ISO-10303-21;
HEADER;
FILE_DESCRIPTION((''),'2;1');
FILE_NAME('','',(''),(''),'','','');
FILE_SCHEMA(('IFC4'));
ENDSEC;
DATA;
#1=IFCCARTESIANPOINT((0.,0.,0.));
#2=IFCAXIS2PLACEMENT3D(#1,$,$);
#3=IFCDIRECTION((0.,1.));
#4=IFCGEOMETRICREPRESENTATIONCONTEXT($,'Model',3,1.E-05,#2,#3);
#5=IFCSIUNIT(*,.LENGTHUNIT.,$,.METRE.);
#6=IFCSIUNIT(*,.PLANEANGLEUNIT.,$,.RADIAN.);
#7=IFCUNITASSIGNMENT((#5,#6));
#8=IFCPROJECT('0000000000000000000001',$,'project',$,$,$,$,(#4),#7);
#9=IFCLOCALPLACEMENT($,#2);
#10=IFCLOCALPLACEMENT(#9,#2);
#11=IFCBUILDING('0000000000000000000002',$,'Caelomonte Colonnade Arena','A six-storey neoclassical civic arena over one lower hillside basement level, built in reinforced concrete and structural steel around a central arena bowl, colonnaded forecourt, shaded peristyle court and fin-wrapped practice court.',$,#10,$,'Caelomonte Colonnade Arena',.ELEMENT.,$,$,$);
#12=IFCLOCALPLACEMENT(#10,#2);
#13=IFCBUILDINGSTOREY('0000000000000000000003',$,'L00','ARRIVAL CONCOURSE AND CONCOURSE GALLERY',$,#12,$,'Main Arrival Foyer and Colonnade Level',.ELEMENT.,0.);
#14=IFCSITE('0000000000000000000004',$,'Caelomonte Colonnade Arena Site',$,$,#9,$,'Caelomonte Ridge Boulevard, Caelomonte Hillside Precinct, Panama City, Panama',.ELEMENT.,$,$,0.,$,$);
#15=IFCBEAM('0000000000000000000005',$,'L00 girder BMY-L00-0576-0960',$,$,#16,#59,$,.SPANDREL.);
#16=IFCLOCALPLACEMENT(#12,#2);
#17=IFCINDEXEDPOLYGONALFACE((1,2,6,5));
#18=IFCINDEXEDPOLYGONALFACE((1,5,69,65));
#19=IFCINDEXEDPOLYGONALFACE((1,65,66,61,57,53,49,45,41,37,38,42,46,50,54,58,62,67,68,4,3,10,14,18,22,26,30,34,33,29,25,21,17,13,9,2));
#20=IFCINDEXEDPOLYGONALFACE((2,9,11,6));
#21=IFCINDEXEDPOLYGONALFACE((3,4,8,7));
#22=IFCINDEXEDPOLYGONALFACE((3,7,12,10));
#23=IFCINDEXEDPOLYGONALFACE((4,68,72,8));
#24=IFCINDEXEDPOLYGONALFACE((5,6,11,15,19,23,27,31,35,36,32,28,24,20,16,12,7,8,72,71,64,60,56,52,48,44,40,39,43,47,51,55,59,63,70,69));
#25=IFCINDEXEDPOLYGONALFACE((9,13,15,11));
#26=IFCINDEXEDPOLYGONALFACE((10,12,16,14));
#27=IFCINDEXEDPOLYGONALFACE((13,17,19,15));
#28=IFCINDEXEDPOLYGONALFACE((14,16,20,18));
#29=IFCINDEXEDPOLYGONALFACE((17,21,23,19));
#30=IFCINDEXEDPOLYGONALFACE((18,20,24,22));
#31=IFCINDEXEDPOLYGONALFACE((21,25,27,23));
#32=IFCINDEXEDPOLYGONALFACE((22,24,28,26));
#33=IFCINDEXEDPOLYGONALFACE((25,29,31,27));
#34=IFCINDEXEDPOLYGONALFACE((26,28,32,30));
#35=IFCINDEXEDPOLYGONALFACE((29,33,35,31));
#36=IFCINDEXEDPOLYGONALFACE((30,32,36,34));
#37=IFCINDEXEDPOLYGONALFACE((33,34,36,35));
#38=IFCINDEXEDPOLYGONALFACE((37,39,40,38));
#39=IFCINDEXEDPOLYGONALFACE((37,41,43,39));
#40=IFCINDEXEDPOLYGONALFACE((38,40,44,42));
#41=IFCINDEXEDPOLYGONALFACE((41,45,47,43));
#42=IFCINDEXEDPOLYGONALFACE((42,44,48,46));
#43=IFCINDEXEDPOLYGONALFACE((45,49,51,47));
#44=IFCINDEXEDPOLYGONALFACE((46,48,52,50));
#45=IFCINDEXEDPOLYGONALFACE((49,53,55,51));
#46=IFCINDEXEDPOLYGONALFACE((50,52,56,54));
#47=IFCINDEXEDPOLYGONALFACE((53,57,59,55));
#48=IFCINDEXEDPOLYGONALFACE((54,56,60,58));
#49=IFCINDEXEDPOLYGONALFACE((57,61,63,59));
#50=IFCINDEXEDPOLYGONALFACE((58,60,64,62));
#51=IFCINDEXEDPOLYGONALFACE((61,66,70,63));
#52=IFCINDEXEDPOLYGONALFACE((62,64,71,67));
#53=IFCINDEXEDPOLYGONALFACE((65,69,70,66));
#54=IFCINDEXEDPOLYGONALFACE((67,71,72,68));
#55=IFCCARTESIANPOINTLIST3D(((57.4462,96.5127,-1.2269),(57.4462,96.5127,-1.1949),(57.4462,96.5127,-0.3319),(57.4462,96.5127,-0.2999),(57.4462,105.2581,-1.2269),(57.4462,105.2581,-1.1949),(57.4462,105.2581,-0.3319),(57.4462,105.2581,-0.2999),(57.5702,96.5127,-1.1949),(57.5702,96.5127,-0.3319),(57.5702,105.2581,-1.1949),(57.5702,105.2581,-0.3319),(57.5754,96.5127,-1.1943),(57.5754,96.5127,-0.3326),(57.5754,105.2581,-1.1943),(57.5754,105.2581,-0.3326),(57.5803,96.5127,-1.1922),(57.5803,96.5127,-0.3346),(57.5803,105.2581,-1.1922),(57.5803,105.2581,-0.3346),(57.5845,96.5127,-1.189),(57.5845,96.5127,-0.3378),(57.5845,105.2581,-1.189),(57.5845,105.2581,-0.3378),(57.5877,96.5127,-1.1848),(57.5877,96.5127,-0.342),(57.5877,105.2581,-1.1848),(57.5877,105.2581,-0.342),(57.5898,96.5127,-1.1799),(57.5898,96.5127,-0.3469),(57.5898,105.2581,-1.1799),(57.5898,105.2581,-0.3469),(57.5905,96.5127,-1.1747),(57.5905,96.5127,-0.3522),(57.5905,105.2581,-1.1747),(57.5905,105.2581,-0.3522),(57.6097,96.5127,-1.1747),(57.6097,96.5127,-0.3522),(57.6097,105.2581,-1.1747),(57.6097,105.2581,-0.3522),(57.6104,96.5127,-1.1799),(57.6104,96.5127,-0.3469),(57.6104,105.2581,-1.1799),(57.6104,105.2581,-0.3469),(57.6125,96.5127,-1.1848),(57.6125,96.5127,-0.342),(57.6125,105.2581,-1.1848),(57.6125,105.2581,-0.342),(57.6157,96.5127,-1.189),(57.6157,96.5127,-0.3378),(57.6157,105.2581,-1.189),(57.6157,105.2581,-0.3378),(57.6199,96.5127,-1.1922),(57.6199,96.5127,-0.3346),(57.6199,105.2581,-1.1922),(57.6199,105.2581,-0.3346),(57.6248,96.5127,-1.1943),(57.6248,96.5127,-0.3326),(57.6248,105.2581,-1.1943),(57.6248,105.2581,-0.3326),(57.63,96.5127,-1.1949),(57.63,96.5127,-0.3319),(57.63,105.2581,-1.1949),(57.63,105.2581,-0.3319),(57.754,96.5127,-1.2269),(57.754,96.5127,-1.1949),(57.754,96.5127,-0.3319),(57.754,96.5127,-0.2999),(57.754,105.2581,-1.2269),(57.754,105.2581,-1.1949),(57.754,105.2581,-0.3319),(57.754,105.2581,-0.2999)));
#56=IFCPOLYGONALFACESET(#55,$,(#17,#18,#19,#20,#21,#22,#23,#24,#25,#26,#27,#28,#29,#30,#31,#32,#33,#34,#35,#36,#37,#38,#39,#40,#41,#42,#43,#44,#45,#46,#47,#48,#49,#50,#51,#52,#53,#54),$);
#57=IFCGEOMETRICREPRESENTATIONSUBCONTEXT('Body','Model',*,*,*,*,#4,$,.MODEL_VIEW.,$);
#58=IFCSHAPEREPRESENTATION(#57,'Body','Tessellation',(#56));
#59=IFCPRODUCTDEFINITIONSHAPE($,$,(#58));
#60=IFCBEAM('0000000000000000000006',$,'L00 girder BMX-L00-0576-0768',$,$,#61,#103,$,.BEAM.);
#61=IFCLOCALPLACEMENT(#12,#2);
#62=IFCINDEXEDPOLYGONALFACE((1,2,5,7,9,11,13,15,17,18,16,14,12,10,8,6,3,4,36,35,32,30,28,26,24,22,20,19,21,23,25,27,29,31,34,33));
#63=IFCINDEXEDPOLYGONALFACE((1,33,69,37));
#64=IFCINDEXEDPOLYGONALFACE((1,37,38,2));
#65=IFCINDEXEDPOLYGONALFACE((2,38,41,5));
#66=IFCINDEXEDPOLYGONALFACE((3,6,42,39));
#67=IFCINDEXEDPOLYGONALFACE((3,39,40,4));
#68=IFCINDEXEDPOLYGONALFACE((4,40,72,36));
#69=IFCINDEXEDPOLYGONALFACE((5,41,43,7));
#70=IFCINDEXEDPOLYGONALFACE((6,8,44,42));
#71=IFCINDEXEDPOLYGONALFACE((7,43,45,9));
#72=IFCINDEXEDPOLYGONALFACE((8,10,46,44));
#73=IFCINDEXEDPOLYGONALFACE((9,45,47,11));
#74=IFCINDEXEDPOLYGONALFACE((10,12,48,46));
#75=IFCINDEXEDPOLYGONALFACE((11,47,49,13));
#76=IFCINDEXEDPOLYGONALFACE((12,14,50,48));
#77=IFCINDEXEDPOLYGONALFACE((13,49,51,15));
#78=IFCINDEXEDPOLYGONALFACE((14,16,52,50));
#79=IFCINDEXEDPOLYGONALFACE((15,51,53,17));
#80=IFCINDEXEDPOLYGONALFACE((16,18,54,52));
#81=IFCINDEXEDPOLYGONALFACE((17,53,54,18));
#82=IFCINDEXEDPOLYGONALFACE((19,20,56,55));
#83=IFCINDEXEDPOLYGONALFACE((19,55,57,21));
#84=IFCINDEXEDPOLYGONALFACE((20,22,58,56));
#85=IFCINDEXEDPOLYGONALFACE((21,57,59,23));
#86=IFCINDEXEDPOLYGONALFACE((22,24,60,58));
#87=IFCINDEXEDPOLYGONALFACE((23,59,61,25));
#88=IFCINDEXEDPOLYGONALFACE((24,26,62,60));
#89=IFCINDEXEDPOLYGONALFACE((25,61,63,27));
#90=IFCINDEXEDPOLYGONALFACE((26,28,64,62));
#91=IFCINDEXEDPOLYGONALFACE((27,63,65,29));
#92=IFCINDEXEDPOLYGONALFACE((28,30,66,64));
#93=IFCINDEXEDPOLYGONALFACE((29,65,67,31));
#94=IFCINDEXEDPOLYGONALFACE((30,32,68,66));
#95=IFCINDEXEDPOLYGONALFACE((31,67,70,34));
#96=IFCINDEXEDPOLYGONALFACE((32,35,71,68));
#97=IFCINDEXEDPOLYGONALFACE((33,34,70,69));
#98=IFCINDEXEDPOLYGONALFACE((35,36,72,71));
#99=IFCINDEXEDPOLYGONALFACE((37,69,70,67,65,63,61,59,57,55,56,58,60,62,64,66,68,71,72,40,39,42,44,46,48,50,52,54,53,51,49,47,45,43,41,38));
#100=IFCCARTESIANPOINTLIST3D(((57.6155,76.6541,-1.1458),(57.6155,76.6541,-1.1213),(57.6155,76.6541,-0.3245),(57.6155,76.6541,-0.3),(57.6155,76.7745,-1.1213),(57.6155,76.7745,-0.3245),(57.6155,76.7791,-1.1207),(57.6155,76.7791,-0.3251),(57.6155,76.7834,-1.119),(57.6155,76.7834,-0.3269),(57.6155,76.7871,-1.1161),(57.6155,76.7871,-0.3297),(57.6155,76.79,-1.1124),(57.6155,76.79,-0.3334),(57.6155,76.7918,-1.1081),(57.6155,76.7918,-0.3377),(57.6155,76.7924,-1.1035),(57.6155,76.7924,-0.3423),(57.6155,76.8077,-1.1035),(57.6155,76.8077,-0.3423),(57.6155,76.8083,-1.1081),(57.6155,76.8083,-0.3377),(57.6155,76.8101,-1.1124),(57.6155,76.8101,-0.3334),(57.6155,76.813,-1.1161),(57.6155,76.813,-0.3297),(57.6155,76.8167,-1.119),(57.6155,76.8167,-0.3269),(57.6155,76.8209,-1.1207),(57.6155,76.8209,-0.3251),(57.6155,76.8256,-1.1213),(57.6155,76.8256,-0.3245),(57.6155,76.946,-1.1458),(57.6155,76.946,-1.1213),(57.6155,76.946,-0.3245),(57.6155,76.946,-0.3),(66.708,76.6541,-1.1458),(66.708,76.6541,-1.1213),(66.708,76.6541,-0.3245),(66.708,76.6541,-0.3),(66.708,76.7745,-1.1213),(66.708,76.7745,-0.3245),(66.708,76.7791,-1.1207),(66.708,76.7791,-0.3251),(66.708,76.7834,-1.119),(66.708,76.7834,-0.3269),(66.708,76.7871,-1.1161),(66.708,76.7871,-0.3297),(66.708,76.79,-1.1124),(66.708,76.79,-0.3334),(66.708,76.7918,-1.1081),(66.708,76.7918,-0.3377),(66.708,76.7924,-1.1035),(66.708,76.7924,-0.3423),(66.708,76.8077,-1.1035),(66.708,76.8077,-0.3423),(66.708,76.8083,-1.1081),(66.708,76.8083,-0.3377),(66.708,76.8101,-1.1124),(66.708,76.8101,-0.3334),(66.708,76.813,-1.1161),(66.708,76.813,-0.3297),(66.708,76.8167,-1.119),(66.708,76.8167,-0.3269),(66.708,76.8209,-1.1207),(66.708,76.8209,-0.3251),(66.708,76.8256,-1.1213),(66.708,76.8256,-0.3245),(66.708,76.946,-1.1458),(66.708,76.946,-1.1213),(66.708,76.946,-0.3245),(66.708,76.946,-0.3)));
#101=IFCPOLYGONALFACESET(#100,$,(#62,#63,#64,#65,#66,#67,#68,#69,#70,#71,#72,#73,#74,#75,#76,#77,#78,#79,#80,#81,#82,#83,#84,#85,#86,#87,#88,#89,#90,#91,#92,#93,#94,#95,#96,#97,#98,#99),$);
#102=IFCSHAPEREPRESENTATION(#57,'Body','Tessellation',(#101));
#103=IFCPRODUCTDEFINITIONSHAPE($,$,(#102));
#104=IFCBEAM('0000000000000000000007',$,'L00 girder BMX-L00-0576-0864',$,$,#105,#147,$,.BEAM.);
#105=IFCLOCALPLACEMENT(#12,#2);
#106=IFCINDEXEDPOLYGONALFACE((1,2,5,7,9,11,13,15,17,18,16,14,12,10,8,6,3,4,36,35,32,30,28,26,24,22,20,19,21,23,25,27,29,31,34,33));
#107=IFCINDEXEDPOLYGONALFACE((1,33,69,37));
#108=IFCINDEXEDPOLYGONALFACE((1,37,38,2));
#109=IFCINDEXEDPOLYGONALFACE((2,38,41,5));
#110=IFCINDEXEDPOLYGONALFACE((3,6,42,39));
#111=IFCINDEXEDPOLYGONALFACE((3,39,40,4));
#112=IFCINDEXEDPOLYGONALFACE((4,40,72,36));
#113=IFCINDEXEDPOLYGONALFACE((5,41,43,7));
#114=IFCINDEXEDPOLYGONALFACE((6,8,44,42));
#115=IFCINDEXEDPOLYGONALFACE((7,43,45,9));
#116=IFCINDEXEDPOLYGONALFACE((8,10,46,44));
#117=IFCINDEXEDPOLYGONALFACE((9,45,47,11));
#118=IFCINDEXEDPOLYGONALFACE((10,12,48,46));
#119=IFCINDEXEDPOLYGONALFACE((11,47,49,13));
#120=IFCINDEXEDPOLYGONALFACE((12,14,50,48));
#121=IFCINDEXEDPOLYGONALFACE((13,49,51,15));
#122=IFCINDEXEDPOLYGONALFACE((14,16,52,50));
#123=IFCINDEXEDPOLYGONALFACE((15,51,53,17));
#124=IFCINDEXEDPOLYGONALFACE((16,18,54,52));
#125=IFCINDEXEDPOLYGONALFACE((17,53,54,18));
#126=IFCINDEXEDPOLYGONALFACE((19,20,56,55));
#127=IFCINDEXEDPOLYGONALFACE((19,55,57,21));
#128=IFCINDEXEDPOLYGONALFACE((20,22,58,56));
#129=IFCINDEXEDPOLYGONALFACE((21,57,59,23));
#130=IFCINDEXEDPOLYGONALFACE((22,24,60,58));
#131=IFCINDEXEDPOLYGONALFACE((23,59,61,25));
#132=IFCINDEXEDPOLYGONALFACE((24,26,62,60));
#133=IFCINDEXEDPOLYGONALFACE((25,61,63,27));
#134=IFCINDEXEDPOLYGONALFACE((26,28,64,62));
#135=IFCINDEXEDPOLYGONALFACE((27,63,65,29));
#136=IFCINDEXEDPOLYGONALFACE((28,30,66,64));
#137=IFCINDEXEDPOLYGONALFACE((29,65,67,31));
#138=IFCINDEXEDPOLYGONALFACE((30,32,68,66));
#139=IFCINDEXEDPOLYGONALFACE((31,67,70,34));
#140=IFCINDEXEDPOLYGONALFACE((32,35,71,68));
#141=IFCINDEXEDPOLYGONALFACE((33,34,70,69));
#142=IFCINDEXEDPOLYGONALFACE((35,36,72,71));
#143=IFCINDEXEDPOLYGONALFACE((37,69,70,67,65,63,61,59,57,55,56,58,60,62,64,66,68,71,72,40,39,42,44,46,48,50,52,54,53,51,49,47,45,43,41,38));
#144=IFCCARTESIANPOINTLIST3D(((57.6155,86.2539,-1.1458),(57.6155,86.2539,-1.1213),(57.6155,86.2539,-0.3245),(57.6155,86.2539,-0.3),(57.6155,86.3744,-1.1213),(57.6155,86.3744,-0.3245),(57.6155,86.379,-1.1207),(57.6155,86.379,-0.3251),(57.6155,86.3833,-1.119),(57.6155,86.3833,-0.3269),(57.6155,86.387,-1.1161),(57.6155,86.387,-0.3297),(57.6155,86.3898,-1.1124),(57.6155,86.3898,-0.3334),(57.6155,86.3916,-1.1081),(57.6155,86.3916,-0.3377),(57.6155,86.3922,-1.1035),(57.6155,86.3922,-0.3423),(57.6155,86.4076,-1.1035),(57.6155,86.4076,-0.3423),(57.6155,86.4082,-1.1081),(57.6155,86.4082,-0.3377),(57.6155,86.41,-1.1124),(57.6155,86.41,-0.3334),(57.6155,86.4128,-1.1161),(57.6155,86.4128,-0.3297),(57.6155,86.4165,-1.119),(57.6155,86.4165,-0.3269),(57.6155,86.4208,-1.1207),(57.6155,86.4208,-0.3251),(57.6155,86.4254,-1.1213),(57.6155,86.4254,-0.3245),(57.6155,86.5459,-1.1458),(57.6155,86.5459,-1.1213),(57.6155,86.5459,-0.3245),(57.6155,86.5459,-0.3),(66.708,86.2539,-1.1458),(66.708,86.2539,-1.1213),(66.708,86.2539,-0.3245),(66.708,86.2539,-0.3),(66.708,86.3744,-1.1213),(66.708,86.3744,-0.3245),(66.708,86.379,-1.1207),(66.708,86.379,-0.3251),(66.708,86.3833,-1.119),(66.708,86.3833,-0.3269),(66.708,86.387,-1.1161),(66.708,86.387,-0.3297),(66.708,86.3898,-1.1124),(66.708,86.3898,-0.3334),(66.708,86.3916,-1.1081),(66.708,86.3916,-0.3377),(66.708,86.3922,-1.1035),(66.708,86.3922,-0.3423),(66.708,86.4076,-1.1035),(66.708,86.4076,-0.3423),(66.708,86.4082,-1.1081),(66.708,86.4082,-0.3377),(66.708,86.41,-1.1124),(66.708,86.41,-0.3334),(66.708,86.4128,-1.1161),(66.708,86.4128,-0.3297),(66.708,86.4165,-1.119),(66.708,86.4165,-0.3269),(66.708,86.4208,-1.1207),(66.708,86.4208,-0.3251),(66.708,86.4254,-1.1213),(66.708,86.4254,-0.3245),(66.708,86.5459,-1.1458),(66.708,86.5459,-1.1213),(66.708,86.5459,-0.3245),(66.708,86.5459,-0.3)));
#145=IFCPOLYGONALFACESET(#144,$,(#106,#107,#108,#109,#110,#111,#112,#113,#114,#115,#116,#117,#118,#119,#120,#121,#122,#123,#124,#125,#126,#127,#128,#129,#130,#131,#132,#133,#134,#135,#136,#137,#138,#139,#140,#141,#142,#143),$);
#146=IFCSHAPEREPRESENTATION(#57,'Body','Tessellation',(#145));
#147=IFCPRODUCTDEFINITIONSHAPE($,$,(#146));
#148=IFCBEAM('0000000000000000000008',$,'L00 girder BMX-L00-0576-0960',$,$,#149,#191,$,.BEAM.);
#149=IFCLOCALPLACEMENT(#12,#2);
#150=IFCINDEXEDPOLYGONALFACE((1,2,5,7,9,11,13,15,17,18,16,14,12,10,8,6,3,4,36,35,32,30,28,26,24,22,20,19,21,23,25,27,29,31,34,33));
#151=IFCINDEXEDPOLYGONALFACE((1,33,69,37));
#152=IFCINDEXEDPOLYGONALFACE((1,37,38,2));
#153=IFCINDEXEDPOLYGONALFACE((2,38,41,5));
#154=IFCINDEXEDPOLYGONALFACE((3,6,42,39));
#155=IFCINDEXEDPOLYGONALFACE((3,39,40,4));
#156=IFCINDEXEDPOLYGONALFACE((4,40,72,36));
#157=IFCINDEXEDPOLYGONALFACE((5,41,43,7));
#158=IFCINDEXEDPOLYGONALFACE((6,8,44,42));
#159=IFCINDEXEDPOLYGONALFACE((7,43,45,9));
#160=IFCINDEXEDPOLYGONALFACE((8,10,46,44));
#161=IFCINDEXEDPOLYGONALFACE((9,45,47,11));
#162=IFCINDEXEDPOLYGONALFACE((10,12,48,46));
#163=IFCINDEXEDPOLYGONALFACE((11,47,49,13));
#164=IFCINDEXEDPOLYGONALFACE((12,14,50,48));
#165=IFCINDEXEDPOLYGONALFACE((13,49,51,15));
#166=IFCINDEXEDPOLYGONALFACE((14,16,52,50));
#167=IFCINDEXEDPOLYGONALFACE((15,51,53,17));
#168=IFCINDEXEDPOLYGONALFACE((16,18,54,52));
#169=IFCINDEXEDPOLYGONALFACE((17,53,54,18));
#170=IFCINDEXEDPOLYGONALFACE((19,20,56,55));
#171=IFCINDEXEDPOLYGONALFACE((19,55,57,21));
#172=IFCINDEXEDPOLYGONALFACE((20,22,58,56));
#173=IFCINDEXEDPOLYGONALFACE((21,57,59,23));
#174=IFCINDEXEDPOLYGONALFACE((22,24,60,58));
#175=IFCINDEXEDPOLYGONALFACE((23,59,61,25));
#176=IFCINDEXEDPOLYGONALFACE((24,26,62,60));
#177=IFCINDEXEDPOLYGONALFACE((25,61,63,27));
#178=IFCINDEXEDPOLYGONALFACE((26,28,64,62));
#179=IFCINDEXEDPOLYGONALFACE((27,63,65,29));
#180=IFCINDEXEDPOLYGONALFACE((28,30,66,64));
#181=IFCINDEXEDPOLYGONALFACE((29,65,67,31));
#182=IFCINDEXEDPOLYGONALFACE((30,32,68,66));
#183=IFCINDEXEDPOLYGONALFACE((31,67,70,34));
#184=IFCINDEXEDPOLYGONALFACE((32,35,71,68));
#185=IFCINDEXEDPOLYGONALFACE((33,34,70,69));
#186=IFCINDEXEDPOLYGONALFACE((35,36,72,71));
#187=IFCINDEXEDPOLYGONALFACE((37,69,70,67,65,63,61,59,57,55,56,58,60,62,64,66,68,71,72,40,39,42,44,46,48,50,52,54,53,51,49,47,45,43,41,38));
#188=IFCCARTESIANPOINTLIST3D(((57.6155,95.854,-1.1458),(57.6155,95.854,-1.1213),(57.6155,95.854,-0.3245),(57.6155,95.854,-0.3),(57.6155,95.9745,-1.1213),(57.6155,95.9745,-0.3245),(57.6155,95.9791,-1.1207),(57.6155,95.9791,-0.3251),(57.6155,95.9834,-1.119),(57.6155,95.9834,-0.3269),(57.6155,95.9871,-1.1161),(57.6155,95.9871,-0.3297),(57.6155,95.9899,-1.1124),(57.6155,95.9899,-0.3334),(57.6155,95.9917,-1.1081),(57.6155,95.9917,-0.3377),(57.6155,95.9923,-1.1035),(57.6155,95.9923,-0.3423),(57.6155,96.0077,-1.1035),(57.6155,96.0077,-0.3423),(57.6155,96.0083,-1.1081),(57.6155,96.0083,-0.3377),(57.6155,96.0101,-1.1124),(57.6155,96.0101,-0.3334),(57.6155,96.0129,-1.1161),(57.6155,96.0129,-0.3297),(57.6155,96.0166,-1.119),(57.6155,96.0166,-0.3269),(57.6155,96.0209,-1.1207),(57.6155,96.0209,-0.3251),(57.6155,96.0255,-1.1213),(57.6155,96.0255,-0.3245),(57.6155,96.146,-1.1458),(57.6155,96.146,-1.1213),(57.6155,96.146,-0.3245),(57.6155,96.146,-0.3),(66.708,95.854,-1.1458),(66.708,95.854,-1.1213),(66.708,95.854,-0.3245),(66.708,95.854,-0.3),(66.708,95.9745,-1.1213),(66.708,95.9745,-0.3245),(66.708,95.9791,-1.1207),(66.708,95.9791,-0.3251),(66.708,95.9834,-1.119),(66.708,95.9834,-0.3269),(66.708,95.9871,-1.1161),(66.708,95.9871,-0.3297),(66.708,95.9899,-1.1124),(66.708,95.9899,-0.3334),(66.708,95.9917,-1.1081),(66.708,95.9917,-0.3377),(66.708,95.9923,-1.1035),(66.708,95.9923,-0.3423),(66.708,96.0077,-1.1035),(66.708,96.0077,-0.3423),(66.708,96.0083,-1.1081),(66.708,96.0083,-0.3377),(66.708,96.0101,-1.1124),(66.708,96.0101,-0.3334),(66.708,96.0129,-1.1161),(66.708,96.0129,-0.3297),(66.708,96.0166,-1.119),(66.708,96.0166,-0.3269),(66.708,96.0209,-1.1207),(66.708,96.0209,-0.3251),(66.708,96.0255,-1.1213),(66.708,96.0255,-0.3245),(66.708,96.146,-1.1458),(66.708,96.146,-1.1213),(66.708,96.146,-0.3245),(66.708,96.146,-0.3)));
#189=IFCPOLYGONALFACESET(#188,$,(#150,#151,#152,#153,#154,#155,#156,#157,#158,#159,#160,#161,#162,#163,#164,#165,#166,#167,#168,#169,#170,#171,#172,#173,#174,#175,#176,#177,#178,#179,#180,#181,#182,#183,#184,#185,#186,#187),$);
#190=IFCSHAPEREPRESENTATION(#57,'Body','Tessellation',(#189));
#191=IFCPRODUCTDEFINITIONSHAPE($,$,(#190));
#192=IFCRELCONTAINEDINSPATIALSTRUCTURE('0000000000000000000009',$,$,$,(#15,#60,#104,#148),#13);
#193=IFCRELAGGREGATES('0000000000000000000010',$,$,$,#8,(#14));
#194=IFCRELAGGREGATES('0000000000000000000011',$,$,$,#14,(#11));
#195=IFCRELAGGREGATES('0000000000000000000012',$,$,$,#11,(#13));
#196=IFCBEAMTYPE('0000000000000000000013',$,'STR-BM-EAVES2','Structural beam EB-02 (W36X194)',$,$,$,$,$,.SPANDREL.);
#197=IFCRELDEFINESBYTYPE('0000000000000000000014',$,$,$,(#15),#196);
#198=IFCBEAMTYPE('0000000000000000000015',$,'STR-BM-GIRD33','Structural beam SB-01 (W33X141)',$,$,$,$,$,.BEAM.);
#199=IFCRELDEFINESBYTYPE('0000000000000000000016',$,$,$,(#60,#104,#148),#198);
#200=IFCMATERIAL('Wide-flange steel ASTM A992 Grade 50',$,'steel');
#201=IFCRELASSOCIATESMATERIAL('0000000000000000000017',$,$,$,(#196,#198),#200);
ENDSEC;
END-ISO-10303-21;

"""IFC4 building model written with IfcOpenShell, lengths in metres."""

from ifc_helpers import new_model, si_unit, direction, frame, origin, origin_2d, place, context, subcontext, project, spatial, i_section, extrude, material, material_profile, profile_set, type_object, element, save


model = new_model("IFC4")

# Units and contexts
model_context = context("Model", 3, precision=1e-05, world=origin(), true_north=direction((0.0, 1.0)))
body_context = subcontext(model_context, "Body", "Model", "MODEL_VIEW")
ifc_project = project(units=[si_unit("LENGTHUNIT", "METRE"), si_unit("PLANEANGLEUNIT", "RADIAN")], contexts=[model_context])

# Site, building, storey
site_placement = place(None, origin())
site = spatial("IfcSite", under=ifc_project, at=site_placement, Name="Caelomonte Colonnade Arena Site", LongName="Caelomonte Ridge Boulevard, Caelomonte Hillside Precinct, Panama City, Panama", CompositionType="ELEMENT", RefElevation=0.0)
building_placement = place(site_placement, origin())
building = spatial("IfcBuilding", under=site, at=building_placement, Name="Caelomonte Colonnade Arena", Description="A six-storey neoclassical civic arena over one lower hillside basement level, built in reinforced concrete and structural steel around a central arena bowl, colonnaded forecourt, shaded peristyle court and fin-wrapped practice court.", LongName="Caelomonte Colonnade Arena", CompositionType="ELEMENT")
storey_placement = place(building_placement, origin())
storey = spatial("IfcBuildingStorey", under=building, at=storey_placement, Name="L00", Description="ARRIVAL CONCOURSE AND CONCOURSE GALLERY", LongName="Main Arrival Foyer and Colonnade Level", CompositionType="ELEMENT", Elevation=0.0)

# Shared definitions
ifc_material_1 = material(Name="Wide-flange steel ASTM A992 Grade 50", Category="steel")

# Beams
ifc_material_profile_1 = material_profile(ifc_material_1, i_section(OverallWidth=0.3079, OverallDepth=0.927, WebThickness=0.0193, FlangeThickness=0.032, FilletRadius=0.0203, at=origin_2d()), Name="W36X194")
ifc_profile_set_1 = profile_set([ifc_material_profile_1], Name="Wide-flange steel ASTM A992 Grade 50")
beam_type_1 = type_object("IfcBeamType", Name="STR-BM-EAVES2", Description="Structural beam EB-02 (W36X194)", PredefinedType="SPANDREL", material=ifc_profile_set_1)
beam_1_placement = place(storey_placement, frame((57.6001, 96.5127, -0.7634), z_axis=(0.0, 1.0, 0.0), x_axis=(-1.0, 0.0, 0.0)))
element("IfcBeam", 1, at=beam_1_placement, inside=storey, type_object=beam_type_1, Name="L00 girder BMY-L00-0576-0960", PredefinedType="SPANDREL", context=body_context, shape_type="SweptSolid", body=[
    extrude(i_section(OverallWidth=0.3079, OverallDepth=0.927, WebThickness=0.0193, FlangeThickness=0.032, FilletRadius=0.0203, at=origin_2d()), origin(), (0.0, 0.0, 1.0), 8.7454),
])
ifc_material_profile_2 = material_profile(ifc_material_1, i_section(OverallWidth=0.292, OverallDepth=0.8457, WebThickness=0.0154, FlangeThickness=0.0244, FilletRadius=0.0178, at=origin_2d()), Name="W33X141")
ifc_profile_set_2 = profile_set([ifc_material_profile_2], Name="Wide-flange steel ASTM A992 Grade 50")
beam_type_2 = type_object("IfcBeamType", Name="STR-BM-GIRD33", Description="Structural beam SB-01 (W33X141)", PredefinedType="BEAM", material=ifc_profile_set_2)
for number, where, z_axis, x_axis, name in (
    (2, (57.6155, 76.8, -0.7229), (1.0, 0.0, 0.0), (0.0, 1.0, 0.0), "L00 girder BMX-L00-0576-0768"),
    (3, (57.6155, 86.3999, -0.7229), (1.0, 0.0, 0.0), (0.0, 1.0, 0.0), "L00 girder BMX-L00-0576-0864"),
    (4, (57.6155, 96.0, -0.7229), (1.0, 0.0, 0.0), (0.0, 1.0, 0.0), "L00 girder BMX-L00-0576-0960"),
):
    element("IfcBeam", number, at=place(storey_placement, frame(where, z_axis=z_axis, x_axis=x_axis)), inside=storey, type_object=beam_type_2, Name=name, PredefinedType="BEAM", context=body_context, shape_type="SweptSolid", body=[
        extrude(i_section(OverallWidth=0.292, OverallDepth=0.8457, WebThickness=0.0154, FlangeThickness=0.0244, FilletRadius=0.0178, at=origin_2d()), origin(), (0.0, 0.0, 1.0), 9.0925),
    ])

save(model, "model.ifc")
